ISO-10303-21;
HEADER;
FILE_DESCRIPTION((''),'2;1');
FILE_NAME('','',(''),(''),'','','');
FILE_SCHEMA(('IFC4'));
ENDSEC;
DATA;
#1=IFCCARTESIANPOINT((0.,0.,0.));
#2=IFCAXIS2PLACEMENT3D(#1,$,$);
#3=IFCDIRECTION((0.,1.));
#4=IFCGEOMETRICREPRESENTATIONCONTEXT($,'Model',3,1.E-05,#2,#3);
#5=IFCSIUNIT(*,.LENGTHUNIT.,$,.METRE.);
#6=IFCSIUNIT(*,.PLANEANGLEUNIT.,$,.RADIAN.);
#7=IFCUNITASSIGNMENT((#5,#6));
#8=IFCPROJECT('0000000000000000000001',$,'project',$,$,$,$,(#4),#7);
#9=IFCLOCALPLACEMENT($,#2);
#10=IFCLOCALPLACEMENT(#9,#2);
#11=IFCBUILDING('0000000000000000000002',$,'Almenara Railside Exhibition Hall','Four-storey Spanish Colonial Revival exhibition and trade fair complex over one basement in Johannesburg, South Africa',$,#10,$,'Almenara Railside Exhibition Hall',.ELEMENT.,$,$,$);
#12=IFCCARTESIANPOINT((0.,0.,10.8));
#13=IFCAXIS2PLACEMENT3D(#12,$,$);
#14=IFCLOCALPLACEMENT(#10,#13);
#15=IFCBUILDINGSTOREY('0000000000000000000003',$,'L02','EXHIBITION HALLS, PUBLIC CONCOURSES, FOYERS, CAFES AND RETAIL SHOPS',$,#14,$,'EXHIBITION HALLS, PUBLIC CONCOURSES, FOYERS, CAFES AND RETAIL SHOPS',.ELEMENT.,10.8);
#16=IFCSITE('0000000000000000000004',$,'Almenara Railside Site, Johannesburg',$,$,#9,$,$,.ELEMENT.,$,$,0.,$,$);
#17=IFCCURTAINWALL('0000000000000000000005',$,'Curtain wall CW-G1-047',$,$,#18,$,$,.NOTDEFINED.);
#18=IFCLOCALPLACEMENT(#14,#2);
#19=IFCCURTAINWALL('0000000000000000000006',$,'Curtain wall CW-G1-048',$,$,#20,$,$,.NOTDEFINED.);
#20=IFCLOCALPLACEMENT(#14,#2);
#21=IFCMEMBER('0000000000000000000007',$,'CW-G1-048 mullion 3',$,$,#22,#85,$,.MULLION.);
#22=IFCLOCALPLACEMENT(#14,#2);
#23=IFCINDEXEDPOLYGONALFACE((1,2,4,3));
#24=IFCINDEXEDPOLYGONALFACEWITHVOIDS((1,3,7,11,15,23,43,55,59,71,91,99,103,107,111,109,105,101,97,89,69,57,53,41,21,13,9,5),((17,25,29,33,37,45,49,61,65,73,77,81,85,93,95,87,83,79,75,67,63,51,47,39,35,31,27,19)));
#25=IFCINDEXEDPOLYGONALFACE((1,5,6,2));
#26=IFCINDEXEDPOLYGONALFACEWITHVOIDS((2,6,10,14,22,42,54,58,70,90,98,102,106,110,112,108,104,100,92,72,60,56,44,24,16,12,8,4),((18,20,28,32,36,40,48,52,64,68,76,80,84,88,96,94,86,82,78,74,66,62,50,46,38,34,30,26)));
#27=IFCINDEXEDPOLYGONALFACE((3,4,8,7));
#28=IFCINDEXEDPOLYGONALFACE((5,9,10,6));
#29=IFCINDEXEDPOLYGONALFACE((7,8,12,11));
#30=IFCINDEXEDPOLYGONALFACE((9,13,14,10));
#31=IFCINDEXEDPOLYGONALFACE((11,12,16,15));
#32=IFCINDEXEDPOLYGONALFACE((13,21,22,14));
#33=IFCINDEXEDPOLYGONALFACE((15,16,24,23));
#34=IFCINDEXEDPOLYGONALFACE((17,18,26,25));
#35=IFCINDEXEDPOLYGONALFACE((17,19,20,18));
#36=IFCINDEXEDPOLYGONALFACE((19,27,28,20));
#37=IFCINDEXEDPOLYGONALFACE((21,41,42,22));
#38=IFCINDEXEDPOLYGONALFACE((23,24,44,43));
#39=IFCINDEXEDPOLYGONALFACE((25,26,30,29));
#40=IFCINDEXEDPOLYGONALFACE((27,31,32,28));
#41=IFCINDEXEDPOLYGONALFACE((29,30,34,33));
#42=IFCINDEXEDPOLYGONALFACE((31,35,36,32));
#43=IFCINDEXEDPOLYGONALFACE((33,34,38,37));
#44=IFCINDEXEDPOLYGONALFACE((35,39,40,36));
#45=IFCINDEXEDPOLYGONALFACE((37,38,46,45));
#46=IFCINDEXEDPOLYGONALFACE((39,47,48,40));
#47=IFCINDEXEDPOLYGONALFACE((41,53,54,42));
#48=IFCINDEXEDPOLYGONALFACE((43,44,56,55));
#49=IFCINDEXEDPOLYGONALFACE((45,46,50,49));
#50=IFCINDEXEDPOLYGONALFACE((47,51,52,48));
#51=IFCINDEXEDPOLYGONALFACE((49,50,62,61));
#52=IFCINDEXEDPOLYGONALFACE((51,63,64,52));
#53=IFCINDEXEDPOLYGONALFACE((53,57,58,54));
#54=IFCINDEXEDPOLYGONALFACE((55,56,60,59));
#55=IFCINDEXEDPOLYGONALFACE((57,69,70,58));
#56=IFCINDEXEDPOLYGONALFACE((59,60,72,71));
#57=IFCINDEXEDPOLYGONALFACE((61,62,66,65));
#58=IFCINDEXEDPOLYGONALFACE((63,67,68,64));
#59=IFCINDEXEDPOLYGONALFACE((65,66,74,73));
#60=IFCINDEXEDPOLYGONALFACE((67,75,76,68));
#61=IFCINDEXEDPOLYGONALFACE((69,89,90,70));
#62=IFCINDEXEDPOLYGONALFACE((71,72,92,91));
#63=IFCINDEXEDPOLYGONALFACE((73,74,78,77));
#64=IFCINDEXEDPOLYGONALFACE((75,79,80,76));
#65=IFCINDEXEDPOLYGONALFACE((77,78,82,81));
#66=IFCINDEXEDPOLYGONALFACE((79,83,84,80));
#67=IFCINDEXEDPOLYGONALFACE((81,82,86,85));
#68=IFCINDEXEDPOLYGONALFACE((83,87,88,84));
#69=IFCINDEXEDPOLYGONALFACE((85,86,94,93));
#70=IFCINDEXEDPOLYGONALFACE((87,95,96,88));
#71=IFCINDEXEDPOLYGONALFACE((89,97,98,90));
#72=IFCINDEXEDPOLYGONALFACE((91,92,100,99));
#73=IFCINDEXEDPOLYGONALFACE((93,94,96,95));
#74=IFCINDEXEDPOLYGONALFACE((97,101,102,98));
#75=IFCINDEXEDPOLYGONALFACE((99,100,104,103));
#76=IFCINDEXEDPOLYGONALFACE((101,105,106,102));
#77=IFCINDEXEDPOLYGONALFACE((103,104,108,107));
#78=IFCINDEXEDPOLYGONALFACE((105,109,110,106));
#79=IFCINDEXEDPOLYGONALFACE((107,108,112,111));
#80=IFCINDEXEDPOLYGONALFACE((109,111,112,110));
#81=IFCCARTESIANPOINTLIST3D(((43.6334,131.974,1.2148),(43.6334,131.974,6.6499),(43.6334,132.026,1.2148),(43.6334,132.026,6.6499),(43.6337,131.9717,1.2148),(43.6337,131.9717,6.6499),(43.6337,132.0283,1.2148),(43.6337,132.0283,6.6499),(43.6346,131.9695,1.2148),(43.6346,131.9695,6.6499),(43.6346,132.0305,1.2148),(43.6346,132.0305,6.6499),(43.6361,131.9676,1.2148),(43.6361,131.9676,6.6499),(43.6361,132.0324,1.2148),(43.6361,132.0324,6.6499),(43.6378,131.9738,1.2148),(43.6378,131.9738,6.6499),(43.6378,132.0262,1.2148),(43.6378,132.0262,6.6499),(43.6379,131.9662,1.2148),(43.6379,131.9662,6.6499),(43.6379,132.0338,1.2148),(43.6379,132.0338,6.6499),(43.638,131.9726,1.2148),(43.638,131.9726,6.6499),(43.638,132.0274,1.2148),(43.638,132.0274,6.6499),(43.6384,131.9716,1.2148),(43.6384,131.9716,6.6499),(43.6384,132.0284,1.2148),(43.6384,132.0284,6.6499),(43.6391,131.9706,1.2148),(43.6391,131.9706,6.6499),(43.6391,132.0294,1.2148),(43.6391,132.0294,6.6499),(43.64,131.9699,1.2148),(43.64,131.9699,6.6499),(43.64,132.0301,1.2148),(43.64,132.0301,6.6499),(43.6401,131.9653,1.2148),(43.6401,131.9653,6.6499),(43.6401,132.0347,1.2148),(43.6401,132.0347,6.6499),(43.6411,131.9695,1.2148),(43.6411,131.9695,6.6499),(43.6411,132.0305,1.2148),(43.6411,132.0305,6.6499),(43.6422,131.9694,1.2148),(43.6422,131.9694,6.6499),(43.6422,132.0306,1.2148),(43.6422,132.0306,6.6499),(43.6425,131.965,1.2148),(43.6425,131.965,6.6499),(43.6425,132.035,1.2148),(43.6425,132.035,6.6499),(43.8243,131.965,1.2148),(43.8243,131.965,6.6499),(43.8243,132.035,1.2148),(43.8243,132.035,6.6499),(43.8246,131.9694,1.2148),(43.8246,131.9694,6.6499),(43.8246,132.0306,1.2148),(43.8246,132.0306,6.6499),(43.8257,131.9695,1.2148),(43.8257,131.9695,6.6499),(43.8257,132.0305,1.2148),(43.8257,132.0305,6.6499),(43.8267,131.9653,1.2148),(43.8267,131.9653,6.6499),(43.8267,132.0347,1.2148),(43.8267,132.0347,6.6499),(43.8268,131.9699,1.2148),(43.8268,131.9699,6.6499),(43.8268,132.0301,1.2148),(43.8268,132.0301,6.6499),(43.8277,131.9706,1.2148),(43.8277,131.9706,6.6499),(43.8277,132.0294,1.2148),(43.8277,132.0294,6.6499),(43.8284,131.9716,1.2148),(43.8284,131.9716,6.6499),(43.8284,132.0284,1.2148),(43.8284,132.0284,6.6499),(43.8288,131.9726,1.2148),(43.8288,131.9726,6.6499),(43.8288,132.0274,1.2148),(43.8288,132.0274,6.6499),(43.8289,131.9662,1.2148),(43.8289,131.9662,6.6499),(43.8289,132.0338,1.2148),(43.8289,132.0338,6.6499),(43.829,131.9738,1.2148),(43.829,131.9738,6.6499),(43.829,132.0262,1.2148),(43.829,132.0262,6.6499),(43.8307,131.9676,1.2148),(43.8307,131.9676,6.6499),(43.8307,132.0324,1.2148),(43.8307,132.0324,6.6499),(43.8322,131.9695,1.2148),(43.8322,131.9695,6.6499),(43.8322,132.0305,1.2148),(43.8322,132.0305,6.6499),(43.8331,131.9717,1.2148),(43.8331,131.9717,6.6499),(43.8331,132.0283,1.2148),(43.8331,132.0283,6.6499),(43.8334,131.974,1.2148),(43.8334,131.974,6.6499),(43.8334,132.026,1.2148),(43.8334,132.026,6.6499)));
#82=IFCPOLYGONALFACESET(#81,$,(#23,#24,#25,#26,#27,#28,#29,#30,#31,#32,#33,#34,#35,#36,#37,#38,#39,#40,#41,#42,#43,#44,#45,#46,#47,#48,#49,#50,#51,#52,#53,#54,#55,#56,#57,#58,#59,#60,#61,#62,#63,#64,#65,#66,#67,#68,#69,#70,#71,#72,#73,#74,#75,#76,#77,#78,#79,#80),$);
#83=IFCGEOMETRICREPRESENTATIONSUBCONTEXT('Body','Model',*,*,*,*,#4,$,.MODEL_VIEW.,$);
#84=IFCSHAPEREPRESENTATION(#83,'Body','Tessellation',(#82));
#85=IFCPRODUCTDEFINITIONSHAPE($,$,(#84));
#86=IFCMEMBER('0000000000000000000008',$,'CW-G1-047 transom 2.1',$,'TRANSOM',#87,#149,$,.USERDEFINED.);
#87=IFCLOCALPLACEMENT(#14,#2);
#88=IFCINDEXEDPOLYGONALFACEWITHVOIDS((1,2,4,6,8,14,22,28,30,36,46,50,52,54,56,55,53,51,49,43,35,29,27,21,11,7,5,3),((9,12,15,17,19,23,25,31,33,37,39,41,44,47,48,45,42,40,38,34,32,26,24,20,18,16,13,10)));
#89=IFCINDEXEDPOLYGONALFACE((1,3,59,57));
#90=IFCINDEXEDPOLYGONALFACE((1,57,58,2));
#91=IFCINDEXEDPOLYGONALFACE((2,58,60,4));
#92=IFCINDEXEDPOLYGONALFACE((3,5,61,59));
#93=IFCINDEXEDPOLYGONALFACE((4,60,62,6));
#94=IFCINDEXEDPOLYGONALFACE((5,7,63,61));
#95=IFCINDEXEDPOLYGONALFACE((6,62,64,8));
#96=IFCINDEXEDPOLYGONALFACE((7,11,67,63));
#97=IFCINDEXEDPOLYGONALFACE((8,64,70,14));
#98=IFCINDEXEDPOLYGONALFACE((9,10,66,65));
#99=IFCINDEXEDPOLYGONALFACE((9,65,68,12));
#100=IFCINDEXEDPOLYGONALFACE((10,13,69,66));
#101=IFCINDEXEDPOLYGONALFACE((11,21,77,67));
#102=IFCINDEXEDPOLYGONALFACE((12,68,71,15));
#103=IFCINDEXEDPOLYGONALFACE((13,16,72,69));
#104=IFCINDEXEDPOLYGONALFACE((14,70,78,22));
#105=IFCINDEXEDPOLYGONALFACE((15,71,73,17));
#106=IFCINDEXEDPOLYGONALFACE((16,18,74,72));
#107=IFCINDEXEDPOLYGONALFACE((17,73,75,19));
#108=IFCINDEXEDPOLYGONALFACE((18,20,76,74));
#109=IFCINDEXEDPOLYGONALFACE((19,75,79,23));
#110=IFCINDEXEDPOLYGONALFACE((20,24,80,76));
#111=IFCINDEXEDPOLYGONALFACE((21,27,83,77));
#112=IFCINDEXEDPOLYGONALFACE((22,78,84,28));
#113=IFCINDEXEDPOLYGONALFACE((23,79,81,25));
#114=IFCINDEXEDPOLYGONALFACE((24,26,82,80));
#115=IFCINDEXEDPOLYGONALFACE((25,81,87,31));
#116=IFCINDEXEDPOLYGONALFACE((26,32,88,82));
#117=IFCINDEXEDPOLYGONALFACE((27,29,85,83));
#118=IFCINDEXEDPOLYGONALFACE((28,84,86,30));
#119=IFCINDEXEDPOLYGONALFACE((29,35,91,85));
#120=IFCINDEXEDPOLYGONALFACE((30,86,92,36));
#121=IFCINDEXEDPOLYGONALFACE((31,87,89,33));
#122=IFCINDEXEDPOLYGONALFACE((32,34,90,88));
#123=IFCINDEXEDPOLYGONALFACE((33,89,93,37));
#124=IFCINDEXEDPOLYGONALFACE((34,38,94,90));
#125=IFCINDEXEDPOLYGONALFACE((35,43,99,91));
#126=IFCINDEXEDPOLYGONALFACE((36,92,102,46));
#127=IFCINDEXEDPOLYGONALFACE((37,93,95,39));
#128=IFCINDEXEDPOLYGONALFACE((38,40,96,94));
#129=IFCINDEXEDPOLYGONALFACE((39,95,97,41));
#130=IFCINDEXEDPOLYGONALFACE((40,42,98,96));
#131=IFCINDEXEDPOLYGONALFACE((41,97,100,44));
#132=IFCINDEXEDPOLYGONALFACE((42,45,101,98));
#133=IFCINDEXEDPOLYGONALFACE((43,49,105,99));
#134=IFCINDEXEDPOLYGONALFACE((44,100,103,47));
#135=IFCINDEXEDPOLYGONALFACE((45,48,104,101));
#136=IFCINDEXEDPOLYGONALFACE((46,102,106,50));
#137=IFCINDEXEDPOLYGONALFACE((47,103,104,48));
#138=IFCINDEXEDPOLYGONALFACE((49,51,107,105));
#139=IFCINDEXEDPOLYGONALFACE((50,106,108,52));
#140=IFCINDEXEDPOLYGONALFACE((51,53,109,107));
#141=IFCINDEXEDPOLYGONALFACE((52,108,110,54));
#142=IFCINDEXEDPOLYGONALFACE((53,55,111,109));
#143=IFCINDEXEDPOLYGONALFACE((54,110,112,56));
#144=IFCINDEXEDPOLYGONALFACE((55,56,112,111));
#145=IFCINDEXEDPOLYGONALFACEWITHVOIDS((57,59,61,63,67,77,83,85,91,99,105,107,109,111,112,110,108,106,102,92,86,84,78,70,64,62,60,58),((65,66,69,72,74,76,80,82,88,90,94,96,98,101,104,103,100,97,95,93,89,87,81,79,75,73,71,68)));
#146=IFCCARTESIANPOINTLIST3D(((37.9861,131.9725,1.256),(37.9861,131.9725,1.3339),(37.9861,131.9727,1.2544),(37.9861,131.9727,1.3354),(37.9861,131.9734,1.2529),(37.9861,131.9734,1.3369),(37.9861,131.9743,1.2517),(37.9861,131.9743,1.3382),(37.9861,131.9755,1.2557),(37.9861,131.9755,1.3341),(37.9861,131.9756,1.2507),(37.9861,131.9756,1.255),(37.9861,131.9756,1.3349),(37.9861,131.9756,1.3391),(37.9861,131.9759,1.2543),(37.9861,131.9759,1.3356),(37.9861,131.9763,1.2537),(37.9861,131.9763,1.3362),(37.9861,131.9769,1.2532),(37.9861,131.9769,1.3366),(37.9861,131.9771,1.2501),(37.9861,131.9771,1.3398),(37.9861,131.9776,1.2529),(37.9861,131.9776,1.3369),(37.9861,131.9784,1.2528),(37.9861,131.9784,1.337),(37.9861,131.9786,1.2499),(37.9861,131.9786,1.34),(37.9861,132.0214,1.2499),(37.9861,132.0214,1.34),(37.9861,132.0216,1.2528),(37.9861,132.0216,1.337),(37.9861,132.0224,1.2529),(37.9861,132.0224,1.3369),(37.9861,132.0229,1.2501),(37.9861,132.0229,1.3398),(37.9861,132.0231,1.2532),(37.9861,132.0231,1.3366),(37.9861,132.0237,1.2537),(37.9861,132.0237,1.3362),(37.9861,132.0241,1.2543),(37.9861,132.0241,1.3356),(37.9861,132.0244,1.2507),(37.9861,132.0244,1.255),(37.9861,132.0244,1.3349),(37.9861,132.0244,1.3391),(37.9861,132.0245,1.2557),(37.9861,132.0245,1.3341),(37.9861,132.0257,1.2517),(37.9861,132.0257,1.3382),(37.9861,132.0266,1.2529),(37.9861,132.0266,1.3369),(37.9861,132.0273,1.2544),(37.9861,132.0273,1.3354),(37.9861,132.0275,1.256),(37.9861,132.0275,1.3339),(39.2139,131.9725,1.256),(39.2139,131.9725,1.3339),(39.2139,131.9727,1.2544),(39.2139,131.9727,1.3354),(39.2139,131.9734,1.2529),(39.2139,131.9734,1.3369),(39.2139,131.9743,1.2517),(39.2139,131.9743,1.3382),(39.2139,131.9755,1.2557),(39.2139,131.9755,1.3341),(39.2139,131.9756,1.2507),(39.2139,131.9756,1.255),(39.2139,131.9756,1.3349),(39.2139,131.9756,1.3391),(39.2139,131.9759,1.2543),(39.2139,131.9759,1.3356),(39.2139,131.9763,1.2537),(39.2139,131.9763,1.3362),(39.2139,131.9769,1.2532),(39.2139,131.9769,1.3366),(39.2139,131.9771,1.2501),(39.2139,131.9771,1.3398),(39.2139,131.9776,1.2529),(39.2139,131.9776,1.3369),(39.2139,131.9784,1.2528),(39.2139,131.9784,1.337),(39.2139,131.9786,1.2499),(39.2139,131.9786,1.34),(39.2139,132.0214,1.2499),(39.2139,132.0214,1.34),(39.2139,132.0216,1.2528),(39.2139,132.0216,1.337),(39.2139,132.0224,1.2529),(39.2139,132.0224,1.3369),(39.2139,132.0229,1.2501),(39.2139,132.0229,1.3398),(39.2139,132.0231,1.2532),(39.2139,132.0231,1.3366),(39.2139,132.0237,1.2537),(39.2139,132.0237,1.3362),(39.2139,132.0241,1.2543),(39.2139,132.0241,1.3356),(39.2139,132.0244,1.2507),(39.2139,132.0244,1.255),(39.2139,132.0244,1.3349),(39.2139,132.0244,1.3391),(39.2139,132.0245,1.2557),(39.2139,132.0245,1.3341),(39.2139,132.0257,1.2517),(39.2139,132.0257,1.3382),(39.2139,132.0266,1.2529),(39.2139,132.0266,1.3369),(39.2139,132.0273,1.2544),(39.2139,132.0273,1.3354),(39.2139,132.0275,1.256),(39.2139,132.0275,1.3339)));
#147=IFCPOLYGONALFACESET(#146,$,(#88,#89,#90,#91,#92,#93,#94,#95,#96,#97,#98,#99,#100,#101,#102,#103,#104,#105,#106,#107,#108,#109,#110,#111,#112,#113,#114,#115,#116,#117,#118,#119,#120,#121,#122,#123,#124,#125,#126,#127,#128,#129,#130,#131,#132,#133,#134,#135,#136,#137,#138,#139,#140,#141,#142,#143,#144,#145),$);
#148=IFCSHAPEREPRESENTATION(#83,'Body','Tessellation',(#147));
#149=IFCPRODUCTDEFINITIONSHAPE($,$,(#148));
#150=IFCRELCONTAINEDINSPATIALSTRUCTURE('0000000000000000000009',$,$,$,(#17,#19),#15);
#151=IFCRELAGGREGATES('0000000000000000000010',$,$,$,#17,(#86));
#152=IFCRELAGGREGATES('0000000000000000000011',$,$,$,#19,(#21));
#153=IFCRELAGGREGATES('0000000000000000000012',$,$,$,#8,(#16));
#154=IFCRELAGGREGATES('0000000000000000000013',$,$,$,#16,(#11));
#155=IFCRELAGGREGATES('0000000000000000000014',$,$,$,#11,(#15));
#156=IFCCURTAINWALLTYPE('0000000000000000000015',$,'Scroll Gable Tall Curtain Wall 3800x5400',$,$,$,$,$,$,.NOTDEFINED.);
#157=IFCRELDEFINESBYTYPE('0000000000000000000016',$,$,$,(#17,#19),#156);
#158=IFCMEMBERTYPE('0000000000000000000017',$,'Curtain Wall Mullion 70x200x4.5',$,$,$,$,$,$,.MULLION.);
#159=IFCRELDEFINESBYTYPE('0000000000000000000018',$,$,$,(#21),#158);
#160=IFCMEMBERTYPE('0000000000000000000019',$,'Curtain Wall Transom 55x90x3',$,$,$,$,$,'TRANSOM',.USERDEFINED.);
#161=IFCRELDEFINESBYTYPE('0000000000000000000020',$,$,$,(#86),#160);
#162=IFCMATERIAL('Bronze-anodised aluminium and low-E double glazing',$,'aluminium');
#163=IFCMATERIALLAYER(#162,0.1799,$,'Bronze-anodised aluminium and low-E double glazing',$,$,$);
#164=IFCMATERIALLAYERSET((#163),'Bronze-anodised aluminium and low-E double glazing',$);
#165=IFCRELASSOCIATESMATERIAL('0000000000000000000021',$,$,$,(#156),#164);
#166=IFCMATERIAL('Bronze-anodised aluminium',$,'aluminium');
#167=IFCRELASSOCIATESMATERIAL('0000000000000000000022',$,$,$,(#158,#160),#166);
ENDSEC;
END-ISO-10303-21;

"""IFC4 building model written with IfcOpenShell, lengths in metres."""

from ifc_helpers import new_model, si_unit, direction, frame, origin, origin_2d, place, context, subcontext, project, spatial, hollow_rectangle, extrude, material, layer, layer_set, material_profile, profile_set, type_object, element, aggregate, save


model = new_model("IFC4")

# Units and contexts
model_context = context("Model", 3, precision=1e-05, world=origin(), true_north=direction((0.0, 1.0)))
body_context = subcontext(model_context, "Body", "Model", "MODEL_VIEW")
ifc_project = project(units=[si_unit("LENGTHUNIT", "METRE"), si_unit("PLANEANGLEUNIT", "RADIAN")], contexts=[model_context])

# Site, building, storey
site_placement = place(None, origin())
site = spatial("IfcSite", under=ifc_project, at=site_placement, Name="Almenara Railside Site, Johannesburg", CompositionType="ELEMENT", RefElevation=0.0)
building_placement = place(site_placement, origin())
building = spatial("IfcBuilding", under=site, at=building_placement, Name="Almenara Railside Exhibition Hall", Description="Four-storey Spanish Colonial Revival exhibition and trade fair complex over one basement in Johannesburg, South Africa", LongName="Almenara Railside Exhibition Hall", CompositionType="ELEMENT")
storey_placement = place(building_placement, frame((0.0, 0.0, 10.8)))
storey = spatial("IfcBuildingStorey", under=building, at=storey_placement, Name="L02", Description="EXHIBITION HALLS, PUBLIC CONCOURSES, FOYERS, CAFES AND RETAIL SHOPS", LongName="EXHIBITION HALLS, PUBLIC CONCOURSES, FOYERS, CAFES AND RETAIL SHOPS", CompositionType="ELEMENT", Elevation=10.8)

# Curtain walls, member
ifc_material_1 = material(Name="Bronze-anodised aluminium and low-E double glazing", Category="aluminium")
ifc_layer_1 = layer(ifc_material_1, 0.1799, Name="Bronze-anodised aluminium and low-E double glazing")
ifc_layer_set_1 = layer_set([ifc_layer_1], Name="Bronze-anodised aluminium and low-E double glazing")
curtain_wall_type = type_object("IfcCurtainWallType", Name="Scroll Gable Tall Curtain Wall 3800x5400", PredefinedType="NOTDEFINED", material=ifc_layer_set_1)
curtain_wall_1_placement = place(storey_placement, origin())
curtain_wall_1 = element("IfcCurtainWall", 1, at=curtain_wall_1_placement, inside=storey, type_object=curtain_wall_type, Name="Curtain wall CW-G1-047", PredefinedType="NOTDEFINED")
ifc_material_2 = material(Name="Bronze-anodised aluminium", Category="aluminium")
curtain_wall_2_placement = place(storey_placement, origin())
curtain_wall_2 = element("IfcCurtainWall", 2, at=curtain_wall_2_placement, inside=storey, type_object=curtain_wall_type, Name="Curtain wall CW-G1-048", PredefinedType="NOTDEFINED")
ifc_material_profile_1 = material_profile(ifc_material_2, hollow_rectangle(XDim=0.0701, YDim=0.2, WallThickness=0.0044, InnerFilletRadius=0.0044, OuterFilletRadius=0.009, at=origin_2d()), Name="ALU-MUL 70x200x4.5")
ifc_profile_set_1 = profile_set([ifc_material_profile_1], Name="Bronze-anodised aluminium")
member_type_1 = type_object("IfcMemberType", Name="Curtain Wall Mullion 70x200x4.5", PredefinedType="MULLION", material=ifc_profile_set_1)
member_1_placement = place(storey_placement, frame((43.7334, 132.0, 1.2148), z_axis=(0.0, 0.0, 1.0), x_axis=(0.0, 1.0, 0.0)))
member_1 = element("IfcMember", 3, at=member_1_placement, type_object=member_type_1, Name="CW-G1-048 mullion 3", PredefinedType="MULLION", context=body_context, shape_type="SweptSolid", body=[
    extrude(hollow_rectangle(XDim=0.0701, YDim=0.2, WallThickness=0.0044, InnerFilletRadius=0.0044, OuterFilletRadius=0.009, at=origin_2d()), origin(), (0.0, 0.0, 1.0), 5.4351),
])

# Member
ifc_material_profile_2 = material_profile(ifc_material_2, hollow_rectangle(XDim=0.0549, YDim=0.0901, WallThickness=0.0029, InnerFilletRadius=0.0029, OuterFilletRadius=0.0061, at=origin_2d()), Name="ALU-TRN 55x90x3")
ifc_profile_set_2 = profile_set([ifc_material_profile_2], Name="Bronze-anodised aluminium")
member_type_2 = type_object("IfcMemberType", Name="Curtain Wall Transom 55x90x3", ElementType="TRANSOM", PredefinedType="USERDEFINED", material=ifc_profile_set_2)
member_2_placement = place(storey_placement, frame((37.9861, 132.0, 1.2949), z_axis=(1.0, 0.0, 0.0), x_axis=(0.0, 1.0, 0.0)))
member_2 = element("IfcMember", 4, at=member_2_placement, type_object=member_type_2, Name="CW-G1-047 transom 2.1", ObjectType="TRANSOM", PredefinedType="USERDEFINED", context=body_context, shape_type="SweptSolid", body=[
    extrude(hollow_rectangle(XDim=0.0549, YDim=0.0901, WallThickness=0.0029, InnerFilletRadius=0.0029, OuterFilletRadius=0.0061, at=origin_2d()), origin(), (0.0, 0.0, 1.0), 1.2278),
])

aggregate(curtain_wall_1, [member_2])
aggregate(curtain_wall_2, [member_1])

save(model, "model.ifc")
